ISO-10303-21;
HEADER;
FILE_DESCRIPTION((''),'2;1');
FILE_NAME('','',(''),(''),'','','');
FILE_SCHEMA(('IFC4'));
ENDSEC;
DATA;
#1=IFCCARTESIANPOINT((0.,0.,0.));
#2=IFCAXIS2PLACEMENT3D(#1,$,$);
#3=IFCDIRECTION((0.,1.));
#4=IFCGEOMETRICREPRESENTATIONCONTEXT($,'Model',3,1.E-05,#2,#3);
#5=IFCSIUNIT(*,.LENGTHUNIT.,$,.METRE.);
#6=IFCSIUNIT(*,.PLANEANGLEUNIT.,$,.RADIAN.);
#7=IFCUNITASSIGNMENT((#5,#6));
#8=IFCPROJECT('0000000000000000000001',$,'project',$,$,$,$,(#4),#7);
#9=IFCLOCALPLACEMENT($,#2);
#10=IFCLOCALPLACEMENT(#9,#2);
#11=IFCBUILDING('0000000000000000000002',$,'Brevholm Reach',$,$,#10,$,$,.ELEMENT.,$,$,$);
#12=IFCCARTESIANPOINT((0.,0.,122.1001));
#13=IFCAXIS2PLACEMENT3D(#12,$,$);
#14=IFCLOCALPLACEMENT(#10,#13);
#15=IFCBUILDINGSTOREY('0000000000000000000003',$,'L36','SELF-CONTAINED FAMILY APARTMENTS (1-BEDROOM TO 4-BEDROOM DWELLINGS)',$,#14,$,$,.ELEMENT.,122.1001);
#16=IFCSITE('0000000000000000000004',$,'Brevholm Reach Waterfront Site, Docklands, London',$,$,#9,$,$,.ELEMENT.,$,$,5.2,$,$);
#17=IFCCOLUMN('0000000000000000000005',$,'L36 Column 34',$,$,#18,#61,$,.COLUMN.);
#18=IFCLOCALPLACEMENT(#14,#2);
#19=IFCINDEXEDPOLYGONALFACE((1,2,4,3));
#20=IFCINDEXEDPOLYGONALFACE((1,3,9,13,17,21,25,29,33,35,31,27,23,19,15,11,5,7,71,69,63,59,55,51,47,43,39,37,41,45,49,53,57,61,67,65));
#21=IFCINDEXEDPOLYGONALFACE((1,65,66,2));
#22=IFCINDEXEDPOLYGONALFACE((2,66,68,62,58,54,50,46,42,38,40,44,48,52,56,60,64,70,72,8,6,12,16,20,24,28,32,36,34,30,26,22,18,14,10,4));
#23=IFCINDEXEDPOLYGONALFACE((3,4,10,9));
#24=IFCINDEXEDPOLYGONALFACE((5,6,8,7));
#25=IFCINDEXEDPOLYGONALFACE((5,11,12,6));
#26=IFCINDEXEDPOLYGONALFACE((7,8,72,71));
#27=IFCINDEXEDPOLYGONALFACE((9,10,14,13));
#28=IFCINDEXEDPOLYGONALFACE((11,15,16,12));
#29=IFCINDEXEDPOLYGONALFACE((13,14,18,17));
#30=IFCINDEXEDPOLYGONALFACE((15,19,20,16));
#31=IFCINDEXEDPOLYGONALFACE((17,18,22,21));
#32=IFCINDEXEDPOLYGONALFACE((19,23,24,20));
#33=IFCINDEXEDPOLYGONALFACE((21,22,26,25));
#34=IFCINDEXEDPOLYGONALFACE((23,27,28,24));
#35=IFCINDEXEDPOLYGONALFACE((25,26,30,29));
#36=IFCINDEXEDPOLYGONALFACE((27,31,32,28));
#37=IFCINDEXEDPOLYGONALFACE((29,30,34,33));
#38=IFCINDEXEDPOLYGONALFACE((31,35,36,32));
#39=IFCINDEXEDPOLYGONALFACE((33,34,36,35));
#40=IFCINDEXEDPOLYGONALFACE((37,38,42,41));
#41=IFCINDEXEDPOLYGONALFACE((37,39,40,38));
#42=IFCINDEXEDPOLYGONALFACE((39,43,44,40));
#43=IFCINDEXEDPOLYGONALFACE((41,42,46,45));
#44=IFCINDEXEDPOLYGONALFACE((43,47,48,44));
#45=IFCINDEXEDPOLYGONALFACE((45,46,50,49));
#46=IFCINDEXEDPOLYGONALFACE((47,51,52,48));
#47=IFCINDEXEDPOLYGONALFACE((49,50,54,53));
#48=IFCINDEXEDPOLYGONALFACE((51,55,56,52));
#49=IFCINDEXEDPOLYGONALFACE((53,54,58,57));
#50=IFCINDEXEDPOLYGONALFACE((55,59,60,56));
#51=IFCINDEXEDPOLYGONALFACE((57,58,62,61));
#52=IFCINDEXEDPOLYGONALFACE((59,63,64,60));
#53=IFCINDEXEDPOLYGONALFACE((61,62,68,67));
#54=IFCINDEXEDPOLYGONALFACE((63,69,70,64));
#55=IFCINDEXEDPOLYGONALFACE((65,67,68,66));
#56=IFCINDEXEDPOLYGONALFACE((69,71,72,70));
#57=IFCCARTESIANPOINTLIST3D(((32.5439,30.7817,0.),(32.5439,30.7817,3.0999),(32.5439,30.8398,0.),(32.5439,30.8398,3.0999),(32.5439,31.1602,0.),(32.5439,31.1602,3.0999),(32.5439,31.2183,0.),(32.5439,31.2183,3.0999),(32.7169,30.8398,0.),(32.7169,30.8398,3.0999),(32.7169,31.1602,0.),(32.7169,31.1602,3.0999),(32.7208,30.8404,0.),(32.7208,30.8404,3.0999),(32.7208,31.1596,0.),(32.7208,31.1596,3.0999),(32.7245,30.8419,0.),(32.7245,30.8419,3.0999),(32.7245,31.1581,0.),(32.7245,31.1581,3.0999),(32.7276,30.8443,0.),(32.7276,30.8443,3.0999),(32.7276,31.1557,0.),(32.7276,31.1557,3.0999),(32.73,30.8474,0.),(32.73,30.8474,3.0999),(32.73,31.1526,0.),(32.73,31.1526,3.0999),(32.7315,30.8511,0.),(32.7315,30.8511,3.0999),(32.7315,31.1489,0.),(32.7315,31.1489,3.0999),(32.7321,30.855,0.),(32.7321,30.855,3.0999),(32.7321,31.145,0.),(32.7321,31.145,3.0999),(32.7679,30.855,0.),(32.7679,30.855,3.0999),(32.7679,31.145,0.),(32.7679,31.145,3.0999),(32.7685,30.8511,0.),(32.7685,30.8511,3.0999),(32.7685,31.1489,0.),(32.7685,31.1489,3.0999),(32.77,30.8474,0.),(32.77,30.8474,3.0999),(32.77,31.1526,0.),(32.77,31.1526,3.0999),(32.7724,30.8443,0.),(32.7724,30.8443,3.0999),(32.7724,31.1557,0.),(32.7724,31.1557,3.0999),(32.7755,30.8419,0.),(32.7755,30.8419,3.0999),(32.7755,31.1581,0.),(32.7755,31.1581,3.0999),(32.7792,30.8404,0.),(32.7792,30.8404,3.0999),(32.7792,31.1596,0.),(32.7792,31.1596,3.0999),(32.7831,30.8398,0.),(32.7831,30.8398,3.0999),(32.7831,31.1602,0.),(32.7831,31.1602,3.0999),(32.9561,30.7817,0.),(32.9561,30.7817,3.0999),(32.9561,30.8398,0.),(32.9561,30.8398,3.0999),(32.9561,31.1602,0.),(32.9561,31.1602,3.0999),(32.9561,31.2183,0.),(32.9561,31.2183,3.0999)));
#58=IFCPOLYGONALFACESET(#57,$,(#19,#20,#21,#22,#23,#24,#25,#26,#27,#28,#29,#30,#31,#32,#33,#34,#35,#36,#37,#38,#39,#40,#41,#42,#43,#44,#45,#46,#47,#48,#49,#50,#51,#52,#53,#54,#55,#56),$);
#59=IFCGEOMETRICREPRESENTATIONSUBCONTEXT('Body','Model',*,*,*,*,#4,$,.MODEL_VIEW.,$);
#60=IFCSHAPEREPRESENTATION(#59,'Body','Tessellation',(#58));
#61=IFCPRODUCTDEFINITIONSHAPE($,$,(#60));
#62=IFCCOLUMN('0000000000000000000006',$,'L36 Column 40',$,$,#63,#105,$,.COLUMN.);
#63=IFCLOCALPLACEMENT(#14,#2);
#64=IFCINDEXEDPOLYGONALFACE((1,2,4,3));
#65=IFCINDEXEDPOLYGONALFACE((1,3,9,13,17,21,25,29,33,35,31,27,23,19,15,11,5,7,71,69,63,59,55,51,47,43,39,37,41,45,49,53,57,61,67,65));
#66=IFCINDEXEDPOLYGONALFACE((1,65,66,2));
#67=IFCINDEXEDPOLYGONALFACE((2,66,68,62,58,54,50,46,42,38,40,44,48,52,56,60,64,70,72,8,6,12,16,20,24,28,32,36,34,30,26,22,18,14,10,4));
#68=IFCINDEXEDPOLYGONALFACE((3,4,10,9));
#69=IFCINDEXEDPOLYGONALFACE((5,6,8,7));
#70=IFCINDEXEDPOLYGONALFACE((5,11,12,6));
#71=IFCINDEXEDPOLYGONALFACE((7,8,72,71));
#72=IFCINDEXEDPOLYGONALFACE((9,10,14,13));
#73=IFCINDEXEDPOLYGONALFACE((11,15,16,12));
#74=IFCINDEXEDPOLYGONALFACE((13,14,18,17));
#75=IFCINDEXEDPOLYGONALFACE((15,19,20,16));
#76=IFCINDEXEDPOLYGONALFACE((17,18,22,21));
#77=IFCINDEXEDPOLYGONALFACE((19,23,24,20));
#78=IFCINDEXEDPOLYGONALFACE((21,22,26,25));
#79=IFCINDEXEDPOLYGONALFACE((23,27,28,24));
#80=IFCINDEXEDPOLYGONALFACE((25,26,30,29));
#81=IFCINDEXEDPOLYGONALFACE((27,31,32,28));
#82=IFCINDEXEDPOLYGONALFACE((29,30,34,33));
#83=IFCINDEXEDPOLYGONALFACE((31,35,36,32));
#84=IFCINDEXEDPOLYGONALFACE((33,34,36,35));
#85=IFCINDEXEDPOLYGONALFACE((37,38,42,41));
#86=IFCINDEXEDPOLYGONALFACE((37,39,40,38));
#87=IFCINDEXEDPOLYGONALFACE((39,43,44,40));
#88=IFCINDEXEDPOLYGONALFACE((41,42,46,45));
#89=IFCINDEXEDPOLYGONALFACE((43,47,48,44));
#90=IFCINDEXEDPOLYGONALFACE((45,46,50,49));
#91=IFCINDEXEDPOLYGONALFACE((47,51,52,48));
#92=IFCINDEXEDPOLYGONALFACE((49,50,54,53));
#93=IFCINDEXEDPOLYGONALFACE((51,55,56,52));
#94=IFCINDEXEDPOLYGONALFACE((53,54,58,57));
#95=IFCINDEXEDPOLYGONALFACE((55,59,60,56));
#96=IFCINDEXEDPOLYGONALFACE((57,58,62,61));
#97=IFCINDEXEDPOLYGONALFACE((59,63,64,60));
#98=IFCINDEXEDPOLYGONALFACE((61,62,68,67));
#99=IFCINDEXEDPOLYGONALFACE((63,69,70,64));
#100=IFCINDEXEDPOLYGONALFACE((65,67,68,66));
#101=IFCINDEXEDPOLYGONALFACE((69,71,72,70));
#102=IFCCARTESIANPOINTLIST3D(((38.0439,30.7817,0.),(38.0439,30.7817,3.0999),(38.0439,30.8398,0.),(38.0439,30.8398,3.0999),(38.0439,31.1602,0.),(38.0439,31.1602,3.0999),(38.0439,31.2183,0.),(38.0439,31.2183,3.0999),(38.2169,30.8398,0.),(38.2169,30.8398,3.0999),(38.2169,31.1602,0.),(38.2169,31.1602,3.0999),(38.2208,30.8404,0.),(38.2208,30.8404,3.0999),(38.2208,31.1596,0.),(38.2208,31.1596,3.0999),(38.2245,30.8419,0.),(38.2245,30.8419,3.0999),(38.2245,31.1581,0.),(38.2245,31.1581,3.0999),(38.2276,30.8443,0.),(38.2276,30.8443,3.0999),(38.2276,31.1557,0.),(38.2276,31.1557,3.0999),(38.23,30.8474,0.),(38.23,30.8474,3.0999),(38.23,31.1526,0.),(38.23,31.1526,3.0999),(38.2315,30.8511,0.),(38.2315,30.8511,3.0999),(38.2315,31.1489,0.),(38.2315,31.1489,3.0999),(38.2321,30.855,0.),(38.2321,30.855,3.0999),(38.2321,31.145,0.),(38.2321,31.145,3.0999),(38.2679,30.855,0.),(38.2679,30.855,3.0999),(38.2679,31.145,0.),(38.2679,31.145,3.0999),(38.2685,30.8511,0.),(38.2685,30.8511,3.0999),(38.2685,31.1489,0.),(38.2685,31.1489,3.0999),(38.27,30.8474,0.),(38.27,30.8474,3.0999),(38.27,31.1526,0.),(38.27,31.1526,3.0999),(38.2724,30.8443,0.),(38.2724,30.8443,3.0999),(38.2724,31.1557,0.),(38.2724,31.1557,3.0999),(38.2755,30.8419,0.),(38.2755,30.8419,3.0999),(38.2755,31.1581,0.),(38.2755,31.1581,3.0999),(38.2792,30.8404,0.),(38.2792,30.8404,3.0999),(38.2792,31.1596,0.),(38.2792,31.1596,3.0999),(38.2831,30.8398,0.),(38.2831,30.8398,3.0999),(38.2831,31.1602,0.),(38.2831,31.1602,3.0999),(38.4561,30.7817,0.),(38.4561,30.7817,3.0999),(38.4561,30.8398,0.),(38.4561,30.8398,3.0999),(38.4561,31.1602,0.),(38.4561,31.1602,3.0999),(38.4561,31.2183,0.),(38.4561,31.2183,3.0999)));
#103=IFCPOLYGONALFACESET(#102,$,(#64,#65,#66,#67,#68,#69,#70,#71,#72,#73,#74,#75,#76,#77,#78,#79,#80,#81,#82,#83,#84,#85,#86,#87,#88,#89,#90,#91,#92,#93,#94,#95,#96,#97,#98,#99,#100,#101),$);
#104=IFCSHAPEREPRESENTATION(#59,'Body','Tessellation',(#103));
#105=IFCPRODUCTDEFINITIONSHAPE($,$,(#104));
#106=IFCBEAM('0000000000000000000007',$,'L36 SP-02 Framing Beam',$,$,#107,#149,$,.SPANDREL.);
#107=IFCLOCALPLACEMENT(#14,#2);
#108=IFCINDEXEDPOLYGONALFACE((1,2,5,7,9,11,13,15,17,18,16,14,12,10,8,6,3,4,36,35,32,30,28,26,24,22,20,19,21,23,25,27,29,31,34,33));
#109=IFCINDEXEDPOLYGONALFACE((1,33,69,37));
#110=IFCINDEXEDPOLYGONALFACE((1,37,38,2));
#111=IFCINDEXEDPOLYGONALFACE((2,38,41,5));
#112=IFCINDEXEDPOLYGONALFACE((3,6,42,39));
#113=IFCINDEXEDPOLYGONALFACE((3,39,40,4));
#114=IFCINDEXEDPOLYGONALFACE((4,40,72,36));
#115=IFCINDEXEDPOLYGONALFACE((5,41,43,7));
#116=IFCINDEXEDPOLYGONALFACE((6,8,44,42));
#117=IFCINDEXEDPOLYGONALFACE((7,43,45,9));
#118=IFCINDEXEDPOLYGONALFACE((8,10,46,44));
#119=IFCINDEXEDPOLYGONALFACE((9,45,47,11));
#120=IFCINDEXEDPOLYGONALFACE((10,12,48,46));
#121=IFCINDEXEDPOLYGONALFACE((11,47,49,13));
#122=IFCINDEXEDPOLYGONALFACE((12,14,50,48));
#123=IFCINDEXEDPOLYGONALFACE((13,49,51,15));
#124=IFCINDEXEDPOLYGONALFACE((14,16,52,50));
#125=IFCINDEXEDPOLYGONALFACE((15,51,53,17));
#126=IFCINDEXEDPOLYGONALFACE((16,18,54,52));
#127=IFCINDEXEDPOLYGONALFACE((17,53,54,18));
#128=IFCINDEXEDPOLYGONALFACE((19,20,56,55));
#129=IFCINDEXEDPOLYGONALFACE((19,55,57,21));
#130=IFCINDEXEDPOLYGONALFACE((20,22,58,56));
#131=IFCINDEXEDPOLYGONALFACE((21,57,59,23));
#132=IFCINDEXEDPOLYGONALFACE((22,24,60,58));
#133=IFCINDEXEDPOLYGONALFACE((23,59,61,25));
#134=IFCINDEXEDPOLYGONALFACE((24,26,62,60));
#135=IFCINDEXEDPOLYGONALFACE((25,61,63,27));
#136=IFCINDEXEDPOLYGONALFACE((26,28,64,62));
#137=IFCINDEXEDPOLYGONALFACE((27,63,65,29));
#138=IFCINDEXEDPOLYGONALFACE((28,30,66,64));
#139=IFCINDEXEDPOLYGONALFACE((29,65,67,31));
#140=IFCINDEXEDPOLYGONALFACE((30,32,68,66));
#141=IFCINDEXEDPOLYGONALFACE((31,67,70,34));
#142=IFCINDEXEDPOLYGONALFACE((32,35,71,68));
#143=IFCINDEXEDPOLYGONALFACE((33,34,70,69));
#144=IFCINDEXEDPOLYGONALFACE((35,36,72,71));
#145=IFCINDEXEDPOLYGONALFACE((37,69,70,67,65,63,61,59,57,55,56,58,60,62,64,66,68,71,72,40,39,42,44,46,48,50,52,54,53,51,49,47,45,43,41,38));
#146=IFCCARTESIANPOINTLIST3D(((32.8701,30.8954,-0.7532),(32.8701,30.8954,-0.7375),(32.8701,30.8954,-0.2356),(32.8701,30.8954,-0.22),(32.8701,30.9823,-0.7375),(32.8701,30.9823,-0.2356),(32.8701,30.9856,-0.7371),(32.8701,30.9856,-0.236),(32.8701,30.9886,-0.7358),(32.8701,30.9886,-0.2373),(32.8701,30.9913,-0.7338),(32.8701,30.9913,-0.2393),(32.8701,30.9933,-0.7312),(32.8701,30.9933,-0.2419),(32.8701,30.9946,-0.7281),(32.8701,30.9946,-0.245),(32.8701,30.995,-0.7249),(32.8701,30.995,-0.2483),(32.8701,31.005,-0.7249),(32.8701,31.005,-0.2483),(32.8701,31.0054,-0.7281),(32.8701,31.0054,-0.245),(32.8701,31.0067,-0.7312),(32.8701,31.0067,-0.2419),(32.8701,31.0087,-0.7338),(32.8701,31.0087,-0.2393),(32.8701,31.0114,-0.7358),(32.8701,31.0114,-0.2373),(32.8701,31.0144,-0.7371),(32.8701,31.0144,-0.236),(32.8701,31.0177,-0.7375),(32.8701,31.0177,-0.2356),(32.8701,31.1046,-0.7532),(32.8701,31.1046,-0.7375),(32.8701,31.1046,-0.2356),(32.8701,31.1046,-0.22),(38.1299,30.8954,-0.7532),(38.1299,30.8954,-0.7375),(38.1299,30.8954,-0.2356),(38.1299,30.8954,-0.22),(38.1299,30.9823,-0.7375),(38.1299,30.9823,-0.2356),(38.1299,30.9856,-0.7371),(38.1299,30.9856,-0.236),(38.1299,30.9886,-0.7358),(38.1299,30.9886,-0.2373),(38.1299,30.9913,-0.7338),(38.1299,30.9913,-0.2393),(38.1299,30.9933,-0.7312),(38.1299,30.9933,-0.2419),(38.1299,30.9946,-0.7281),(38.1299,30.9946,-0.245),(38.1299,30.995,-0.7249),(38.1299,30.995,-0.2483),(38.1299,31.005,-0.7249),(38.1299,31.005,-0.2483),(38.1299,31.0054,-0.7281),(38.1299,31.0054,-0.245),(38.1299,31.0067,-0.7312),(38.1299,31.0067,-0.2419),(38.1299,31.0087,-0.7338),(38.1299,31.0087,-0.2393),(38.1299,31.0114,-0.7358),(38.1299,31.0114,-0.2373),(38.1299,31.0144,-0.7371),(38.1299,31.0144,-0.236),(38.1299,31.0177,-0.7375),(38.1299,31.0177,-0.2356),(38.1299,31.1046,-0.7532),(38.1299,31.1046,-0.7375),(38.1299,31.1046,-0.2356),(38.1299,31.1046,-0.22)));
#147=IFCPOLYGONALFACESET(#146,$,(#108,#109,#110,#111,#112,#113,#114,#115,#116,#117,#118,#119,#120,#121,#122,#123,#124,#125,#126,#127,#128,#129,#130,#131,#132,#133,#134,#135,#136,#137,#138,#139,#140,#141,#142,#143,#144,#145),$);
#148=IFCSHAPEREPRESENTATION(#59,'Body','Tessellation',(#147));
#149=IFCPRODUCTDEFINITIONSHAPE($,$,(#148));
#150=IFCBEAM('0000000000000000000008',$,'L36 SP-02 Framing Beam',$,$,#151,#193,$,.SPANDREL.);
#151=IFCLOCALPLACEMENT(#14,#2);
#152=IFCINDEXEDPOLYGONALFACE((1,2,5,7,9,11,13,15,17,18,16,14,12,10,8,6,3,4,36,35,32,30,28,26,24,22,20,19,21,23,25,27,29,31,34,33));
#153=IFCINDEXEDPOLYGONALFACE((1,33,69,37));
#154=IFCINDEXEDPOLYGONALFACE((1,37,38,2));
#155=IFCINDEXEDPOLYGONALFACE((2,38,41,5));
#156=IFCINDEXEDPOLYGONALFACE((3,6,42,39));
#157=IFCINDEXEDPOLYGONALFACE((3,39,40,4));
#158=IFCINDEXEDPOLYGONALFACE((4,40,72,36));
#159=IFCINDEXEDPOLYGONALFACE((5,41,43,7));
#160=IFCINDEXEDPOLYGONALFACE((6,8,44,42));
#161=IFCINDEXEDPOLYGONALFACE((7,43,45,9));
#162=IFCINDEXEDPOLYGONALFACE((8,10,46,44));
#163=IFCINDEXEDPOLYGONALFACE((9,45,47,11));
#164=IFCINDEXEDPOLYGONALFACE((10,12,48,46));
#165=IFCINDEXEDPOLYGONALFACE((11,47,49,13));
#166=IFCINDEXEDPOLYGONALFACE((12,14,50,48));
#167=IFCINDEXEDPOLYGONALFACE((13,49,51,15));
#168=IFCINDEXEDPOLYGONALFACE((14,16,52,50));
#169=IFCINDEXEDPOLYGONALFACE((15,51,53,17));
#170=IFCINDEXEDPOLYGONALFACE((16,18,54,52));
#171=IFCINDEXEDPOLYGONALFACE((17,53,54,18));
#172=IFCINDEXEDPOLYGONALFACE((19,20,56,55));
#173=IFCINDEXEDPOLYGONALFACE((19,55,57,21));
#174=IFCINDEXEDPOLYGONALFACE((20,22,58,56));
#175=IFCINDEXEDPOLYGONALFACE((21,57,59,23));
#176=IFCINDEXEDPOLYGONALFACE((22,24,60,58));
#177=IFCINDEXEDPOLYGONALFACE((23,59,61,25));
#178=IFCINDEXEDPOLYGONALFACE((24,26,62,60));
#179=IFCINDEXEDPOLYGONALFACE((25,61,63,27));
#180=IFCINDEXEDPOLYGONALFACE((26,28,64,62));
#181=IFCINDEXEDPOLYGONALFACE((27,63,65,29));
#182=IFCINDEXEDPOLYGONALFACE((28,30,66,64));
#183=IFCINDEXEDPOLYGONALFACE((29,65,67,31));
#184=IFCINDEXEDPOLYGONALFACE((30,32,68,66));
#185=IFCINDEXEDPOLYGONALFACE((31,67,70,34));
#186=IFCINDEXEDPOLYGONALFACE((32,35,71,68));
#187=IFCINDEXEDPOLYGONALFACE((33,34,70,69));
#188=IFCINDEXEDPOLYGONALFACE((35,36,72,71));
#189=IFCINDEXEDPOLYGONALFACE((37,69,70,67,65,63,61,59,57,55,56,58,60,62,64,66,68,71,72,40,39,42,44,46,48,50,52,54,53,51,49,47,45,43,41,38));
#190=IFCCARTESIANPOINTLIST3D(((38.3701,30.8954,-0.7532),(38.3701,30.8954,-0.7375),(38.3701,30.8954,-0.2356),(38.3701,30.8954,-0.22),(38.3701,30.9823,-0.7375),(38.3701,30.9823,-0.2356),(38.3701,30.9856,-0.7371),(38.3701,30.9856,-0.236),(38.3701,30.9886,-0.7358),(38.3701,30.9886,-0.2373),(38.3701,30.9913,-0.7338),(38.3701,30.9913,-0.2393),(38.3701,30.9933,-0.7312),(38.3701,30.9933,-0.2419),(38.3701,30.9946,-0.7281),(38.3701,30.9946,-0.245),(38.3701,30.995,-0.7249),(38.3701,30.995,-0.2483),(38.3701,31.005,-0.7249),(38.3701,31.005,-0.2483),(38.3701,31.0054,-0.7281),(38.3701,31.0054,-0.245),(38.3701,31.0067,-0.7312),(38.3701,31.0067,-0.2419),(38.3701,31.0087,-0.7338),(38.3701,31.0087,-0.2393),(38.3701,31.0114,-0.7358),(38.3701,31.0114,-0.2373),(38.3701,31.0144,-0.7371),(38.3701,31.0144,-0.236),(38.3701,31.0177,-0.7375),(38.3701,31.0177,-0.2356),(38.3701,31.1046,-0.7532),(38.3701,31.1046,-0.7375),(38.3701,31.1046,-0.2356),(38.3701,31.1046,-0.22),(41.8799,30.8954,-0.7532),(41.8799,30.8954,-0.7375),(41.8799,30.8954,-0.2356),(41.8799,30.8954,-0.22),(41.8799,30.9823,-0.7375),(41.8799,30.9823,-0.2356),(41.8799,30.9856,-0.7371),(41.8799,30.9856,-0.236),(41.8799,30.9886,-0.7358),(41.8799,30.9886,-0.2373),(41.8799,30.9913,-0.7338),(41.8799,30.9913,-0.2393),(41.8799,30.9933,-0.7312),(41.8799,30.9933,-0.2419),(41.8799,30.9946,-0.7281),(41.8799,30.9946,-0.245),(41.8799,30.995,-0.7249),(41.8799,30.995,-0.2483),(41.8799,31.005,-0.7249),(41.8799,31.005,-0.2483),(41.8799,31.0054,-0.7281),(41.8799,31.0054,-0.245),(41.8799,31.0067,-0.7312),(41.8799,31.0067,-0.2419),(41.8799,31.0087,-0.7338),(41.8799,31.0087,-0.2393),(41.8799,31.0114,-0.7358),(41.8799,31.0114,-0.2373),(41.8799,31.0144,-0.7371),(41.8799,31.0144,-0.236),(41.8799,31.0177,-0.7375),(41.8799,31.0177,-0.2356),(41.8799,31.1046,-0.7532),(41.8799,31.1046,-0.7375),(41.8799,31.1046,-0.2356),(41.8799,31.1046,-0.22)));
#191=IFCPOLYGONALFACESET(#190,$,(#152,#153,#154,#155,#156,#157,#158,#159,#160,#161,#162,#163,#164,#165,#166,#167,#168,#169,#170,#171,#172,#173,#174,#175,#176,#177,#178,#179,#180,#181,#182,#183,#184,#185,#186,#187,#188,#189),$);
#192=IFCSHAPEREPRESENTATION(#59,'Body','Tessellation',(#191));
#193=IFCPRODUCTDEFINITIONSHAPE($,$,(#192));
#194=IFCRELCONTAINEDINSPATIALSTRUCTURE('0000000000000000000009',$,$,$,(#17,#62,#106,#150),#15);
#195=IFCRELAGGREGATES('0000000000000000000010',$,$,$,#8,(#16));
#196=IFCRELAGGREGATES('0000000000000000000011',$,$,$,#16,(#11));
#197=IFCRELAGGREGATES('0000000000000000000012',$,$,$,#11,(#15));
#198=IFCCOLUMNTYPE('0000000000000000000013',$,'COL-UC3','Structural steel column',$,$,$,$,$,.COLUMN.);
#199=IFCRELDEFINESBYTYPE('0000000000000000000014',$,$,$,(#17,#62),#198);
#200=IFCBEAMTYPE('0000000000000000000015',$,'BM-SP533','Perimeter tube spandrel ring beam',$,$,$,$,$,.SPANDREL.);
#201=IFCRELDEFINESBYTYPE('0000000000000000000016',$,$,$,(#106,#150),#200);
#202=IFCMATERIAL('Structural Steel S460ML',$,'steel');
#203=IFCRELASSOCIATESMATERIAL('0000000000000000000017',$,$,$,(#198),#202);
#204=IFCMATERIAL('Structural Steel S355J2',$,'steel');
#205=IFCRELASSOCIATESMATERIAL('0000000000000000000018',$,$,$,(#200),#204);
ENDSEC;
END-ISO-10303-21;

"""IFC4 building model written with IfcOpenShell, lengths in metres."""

from ifc_helpers import new_model, si_unit, direction, frame, origin, origin_2d, place, context, subcontext, project, spatial, i_section, extrude, material, material_profile, profile_set, type_object, element, save


model = new_model("IFC4")

# Units and contexts
model_context = context("Model", 3, precision=1e-05, world=origin(), true_north=direction((0.0, 1.0)))
body_context = subcontext(model_context, "Body", "Model", "MODEL_VIEW")
ifc_project = project(units=[si_unit("LENGTHUNIT", "METRE"), si_unit("PLANEANGLEUNIT", "RADIAN")], contexts=[model_context])

# Site, building, storey
site_placement = place(None, origin())
site = spatial("IfcSite", under=ifc_project, at=site_placement, Name="Brevholm Reach Waterfront Site, Docklands, London", CompositionType="ELEMENT", RefElevation=5.2)
building_placement = place(site_placement, origin())
building = spatial("IfcBuilding", under=site, at=building_placement, Name="Brevholm Reach", CompositionType="ELEMENT")
storey_placement = place(building_placement, frame((0.0, 0.0, 122.1001)))
storey = spatial("IfcBuildingStorey", under=building, at=storey_placement, Name="L36", Description="SELF-CONTAINED FAMILY APARTMENTS (1-BEDROOM TO 4-BEDROOM DWELLINGS)", CompositionType="ELEMENT", Elevation=122.1001)

# Columns
ifc_material_1 = material(Name="Structural Steel S460ML", Category="steel")
ifc_material_profile_1 = material_profile(ifc_material_1, i_section(OverallWidth=0.4121, OverallDepth=0.4365, WebThickness=0.0359, FlangeThickness=0.0581, FilletRadius=0.0151, at=origin_2d()), Name="UKC 356x406x467")
ifc_profile_set_1 = profile_set([ifc_material_profile_1], Name="Structural Steel S460ML")
column_type = type_object("IfcColumnType", Name="COL-UC3", Description="Structural steel column", PredefinedType="COLUMN", material=ifc_profile_set_1)
for number, where, z_axis, x_axis, name in (
    (1, (32.75, 31.0, 0.0), (0.0, 0.0, 1.0), (1.0, 0.0, 0.0), "L36 Column 34"),
    (2, (38.25, 31.0, 0.0), (0.0, 0.0, 1.0), (1.0, 0.0, 0.0), "L36 Column 40"),
):
    element("IfcColumn", number, at=place(storey_placement, frame(where, z_axis=z_axis, x_axis=x_axis)), inside=storey, type_object=column_type, Name=name, PredefinedType="COLUMN", context=body_context, shape_type="SweptSolid", body=[
        extrude(i_section(OverallWidth=0.4121, OverallDepth=0.4365, WebThickness=0.0359, FlangeThickness=0.0581, FilletRadius=0.0151, at=origin_2d()), origin(), (0.0, 0.0, 1.0), 3.0999),
    ])

# Beams
ifc_material_2 = material(Name="Structural Steel S355J2", Category="steel")
ifc_material_profile_2 = material_profile(ifc_material_2, i_section(OverallWidth=0.2092, OverallDepth=0.5332, WebThickness=0.01, FlangeThickness=0.0156, FilletRadius=0.0127, at=origin_2d()), Name="UKB 533x210x92")
ifc_profile_set_2 = profile_set([ifc_material_profile_2], Name="Structural Steel S355J2")
beam_type_1 = type_object("IfcBeamType", Name="BM-SP533", Description="Perimeter tube spandrel ring beam", PredefinedType="SPANDREL", material=ifc_profile_set_2)
beam_1_placement = place(storey_placement, frame((32.8701, 31.0, -0.4866), z_axis=(1.0, 0.0, 0.0), x_axis=(0.0, 1.0, 0.0)))
element("IfcBeam", 3, at=beam_1_placement, inside=storey, type_object=beam_type_1, Name="L36 SP-02 Framing Beam", PredefinedType="SPANDREL", context=body_context, shape_type="SweptSolid", body=[
    extrude(i_section(OverallWidth=0.2092, OverallDepth=0.5332, WebThickness=0.01, FlangeThickness=0.0156, FilletRadius=0.0127, at=origin_2d()), origin(), (0.0, 0.0, 1.0), 5.2598),
])
beam_2_placement = place(storey_placement, frame((38.3701, 31.0, -0.4866), z_axis=(1.0, 0.0, 0.0), x_axis=(0.0, 1.0, 0.0)))
element("IfcBeam", 4, at=beam_2_placement, inside=storey, type_object=beam_type_1, Name="L36 SP-02 Framing Beam", PredefinedType="SPANDREL", context=body_context, shape_type="SweptSolid", body=[
    extrude(i_section(OverallWidth=0.2092, OverallDepth=0.5332, WebThickness=0.01, FlangeThickness=0.0156, FilletRadius=0.0127, at=origin_2d()), origin(), (0.0, 0.0, 1.0), 3.5098),
])

save(model, "model.ifc")
